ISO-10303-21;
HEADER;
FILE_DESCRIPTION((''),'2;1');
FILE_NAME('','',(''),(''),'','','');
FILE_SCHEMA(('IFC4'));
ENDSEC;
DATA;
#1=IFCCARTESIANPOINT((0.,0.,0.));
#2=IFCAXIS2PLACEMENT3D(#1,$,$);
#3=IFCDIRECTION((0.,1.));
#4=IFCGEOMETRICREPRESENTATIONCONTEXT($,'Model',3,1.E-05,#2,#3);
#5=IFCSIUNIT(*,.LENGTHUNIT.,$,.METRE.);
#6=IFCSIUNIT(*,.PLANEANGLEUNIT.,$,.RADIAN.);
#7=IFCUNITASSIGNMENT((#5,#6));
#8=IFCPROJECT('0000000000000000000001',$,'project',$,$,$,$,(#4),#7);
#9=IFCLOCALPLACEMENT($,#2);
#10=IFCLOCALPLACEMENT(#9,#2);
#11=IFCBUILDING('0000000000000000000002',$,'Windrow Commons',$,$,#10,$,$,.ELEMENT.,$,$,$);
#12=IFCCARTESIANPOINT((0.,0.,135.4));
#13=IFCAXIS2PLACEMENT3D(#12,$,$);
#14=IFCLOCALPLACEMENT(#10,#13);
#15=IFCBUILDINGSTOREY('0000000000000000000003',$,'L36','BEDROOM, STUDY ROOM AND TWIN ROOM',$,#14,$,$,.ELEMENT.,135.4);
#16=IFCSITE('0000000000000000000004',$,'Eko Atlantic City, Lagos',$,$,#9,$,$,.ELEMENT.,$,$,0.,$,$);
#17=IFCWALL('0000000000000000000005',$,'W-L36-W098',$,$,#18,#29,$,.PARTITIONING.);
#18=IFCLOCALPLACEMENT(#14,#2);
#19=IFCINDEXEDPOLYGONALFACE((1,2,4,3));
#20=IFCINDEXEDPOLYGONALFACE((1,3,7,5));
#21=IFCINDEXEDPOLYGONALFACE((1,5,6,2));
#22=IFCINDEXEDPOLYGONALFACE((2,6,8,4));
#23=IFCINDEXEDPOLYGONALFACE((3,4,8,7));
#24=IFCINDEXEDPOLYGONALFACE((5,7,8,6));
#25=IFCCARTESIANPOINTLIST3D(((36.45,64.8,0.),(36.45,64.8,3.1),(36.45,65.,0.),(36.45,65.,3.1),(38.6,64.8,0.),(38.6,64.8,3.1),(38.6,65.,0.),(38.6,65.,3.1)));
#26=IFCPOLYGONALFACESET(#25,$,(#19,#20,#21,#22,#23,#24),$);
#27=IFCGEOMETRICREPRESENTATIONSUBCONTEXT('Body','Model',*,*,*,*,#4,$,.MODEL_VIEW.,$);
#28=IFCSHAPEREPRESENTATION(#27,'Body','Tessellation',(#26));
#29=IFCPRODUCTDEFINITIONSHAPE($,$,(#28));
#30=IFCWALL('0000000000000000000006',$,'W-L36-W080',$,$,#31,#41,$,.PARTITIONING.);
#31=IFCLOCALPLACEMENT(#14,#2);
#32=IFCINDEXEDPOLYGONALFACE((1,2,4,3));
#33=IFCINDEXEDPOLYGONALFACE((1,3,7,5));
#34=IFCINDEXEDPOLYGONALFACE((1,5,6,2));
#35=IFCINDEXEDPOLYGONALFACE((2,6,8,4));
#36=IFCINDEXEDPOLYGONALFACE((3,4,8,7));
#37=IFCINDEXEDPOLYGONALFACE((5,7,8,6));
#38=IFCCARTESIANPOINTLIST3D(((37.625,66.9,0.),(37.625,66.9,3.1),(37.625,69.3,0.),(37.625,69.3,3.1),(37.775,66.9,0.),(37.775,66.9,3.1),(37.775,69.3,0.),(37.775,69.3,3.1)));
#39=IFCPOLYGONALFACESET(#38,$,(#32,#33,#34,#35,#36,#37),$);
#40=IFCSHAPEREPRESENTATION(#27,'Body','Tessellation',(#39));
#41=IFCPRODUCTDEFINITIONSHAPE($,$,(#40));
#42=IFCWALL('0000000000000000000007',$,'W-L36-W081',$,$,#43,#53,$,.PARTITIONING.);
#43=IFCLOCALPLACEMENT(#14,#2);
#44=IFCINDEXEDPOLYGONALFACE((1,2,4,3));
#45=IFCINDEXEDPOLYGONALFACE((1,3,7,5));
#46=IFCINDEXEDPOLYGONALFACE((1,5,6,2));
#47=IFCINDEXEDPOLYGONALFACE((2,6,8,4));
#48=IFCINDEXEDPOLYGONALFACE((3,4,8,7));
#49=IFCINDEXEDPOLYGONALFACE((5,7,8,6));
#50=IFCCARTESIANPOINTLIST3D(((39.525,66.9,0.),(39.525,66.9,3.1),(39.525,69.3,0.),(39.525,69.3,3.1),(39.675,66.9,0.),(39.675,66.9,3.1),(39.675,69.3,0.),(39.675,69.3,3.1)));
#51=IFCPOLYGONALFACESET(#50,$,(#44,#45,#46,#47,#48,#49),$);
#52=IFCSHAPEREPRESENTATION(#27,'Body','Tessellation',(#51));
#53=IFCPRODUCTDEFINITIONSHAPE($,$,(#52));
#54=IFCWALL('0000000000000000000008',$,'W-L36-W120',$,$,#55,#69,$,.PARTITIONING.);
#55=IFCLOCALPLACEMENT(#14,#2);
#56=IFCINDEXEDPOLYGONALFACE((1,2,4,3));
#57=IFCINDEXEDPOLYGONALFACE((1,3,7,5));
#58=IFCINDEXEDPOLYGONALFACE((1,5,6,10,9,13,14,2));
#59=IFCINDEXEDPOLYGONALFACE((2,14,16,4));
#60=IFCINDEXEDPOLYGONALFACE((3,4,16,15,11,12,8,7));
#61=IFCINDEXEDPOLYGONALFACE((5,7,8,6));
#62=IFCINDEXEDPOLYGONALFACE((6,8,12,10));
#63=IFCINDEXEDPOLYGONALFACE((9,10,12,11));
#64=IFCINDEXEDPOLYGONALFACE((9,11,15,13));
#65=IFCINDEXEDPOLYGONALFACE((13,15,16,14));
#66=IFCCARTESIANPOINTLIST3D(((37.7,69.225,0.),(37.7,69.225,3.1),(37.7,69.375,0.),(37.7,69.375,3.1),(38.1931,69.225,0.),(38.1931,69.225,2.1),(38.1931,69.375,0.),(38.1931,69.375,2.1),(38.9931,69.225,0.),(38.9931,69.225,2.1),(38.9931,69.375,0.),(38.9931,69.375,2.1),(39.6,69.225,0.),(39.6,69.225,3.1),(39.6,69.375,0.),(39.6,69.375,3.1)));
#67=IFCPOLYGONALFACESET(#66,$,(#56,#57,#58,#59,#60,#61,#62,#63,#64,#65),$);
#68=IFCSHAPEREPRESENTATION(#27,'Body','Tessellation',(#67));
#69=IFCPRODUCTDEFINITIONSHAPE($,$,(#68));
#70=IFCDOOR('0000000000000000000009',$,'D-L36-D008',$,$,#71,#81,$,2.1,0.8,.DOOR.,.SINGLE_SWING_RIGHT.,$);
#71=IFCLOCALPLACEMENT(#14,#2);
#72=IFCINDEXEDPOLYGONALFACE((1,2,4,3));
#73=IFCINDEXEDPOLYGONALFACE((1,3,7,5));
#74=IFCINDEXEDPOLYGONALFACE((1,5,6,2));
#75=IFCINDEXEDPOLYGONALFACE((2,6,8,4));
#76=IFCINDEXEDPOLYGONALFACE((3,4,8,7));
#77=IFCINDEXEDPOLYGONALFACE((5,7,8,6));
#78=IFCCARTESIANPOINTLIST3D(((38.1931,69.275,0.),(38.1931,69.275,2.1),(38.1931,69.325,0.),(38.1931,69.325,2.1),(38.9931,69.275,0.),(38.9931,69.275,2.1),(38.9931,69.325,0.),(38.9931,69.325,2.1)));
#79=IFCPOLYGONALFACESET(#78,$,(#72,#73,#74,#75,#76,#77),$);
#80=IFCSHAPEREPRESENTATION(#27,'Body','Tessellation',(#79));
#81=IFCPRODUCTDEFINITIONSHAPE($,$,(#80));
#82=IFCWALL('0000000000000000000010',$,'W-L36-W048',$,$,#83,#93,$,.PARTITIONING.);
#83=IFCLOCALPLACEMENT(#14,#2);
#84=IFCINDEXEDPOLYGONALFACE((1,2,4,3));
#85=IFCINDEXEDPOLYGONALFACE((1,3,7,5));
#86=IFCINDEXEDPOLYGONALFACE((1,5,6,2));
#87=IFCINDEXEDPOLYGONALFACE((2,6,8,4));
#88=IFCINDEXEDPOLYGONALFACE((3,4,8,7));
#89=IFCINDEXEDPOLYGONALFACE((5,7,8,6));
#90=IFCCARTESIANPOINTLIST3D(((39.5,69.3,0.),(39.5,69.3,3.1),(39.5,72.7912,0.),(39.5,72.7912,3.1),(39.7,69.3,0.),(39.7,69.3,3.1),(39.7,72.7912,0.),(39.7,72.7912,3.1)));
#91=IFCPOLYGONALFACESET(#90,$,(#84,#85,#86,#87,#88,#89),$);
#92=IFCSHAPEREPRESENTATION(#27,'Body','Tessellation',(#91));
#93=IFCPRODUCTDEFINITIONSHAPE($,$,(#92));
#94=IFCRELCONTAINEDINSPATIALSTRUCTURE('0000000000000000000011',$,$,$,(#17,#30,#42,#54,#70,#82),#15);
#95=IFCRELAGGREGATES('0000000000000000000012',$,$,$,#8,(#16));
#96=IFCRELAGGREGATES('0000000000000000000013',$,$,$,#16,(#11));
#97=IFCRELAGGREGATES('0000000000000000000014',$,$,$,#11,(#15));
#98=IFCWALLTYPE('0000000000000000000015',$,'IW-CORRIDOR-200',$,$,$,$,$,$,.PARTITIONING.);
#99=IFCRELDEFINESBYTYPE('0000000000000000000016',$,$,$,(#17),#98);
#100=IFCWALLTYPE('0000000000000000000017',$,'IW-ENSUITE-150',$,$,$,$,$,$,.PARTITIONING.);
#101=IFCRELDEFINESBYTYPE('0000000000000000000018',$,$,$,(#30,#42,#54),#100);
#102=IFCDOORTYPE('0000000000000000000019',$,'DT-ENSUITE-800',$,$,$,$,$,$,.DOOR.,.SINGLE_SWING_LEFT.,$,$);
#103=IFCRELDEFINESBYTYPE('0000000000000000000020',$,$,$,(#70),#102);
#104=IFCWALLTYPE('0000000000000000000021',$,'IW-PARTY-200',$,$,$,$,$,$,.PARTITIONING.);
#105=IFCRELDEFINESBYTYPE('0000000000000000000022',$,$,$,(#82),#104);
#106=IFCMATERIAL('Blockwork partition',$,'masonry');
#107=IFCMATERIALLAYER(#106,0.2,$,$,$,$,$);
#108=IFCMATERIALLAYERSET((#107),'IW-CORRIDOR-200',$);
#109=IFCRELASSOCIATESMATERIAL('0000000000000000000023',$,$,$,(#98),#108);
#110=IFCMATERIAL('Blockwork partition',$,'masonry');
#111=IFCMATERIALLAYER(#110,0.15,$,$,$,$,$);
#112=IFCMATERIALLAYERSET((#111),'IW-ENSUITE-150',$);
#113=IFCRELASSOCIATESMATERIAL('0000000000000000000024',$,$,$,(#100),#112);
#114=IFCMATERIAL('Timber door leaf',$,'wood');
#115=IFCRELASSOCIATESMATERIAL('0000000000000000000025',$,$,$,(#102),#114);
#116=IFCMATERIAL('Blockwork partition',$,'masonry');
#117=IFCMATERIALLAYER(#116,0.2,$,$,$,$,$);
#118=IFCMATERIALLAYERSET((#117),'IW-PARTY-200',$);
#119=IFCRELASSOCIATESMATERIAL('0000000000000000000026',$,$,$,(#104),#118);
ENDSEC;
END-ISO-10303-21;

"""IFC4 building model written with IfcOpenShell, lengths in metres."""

from ifc_helpers import new_model, si_unit, direction, frame, frame_2d, origin, place, context, subcontext, project, spatial, rectangle, extrude, material, layer, layer_set, type_object, element, fill, save


model = new_model("IFC4")

# Units and contexts
model_context = context("Model", 3, precision=1e-05, world=origin(), true_north=direction((0.0, 1.0)))
body_context = subcontext(model_context, "Body", "Model", "MODEL_VIEW")
ifc_project = project(units=[si_unit("LENGTHUNIT", "METRE"), si_unit("PLANEANGLEUNIT", "RADIAN")], contexts=[model_context])

# Site, building, storey
site_placement = place(None, origin())
site = spatial("IfcSite", under=ifc_project, at=site_placement, Name="Eko Atlantic City, Lagos", CompositionType="ELEMENT", RefElevation=0.0)
building_placement = place(site_placement, origin())
building = spatial("IfcBuilding", under=site, at=building_placement, Name="Windrow Commons", CompositionType="ELEMENT")
storey_placement = place(building_placement, frame((0.0, 0.0, 135.4)))
storey = spatial("IfcBuildingStorey", under=building, at=storey_placement, Name="L36", Description="BEDROOM, STUDY ROOM AND TWIN ROOM", CompositionType="ELEMENT", Elevation=135.4)

# Shared definitions
ifc_material_1 = material(Name="Blockwork partition", Category="masonry")
ifc_layer_1 = layer(ifc_material_1, 0.2)
ifc_layer_set_1 = layer_set([ifc_layer_1], Name="IW-CORRIDOR-200")
wall_type_1 = type_object("IfcWallType", Name="IW-CORRIDOR-200", PredefinedType="PARTITIONING", material=ifc_layer_set_1)

# Walls
wall_1_placement = place(storey_placement, frame((36.45, 64.9, 0.0), z_axis=(0.0, 0.0, 1.0), x_axis=(1.0, 0.0, 0.0)))
element("IfcWall", 1, at=wall_1_placement, inside=storey, type_object=wall_type_1, Name="W-L36-W098", PredefinedType="PARTITIONING", context=body_context, shape_type="SweptSolid", body=[
    extrude(rectangle(XDim=2.15, YDim=0.2, at=frame_2d((1.075, 0.0))), origin(), (0.0, 0.0, 1.0), 3.1),
])
ifc_material_2 = material(Name="Blockwork partition", Category="masonry")
ifc_layer_2 = layer(ifc_material_2, 0.15)
ifc_layer_set_2 = layer_set([ifc_layer_2], Name="IW-ENSUITE-150")
wall_type_2 = type_object("IfcWallType", Name="IW-ENSUITE-150", PredefinedType="PARTITIONING", material=ifc_layer_set_2)
for number, where, z_axis, x_axis, name in (
    (2, (37.7, 66.9, 0.0), (0.0, 0.0, 1.0), (0.0, 1.0, 0.0), "W-L36-W080"),
    (3, (39.6, 66.9, 0.0), (0.0, 0.0, 1.0), (0.0, 1.0, 0.0), "W-L36-W081"),
):
    element("IfcWall", number, at=place(storey_placement, frame(where, z_axis=z_axis, x_axis=x_axis)), inside=storey, type_object=wall_type_2, Name=name, PredefinedType="PARTITIONING", context=body_context, shape_type="SweptSolid", body=[
        extrude(rectangle(XDim=2.4, YDim=0.15, at=frame_2d((1.2, 0.0))), origin(), (0.0, 0.0, 1.0), 3.1),
    ])

# Wall, opening, door
wall_2_placement = place(storey_placement, frame((37.7, 69.3, 0.0), z_axis=(0.0, 0.0, 1.0), x_axis=(1.0, 0.0, 0.0)))
wall_2 = element("IfcWall", 4, at=wall_2_placement, inside=storey, type_object=wall_type_2, Name="W-L36-W120", PredefinedType="PARTITIONING", context=body_context, shape_type="SweptSolid", body=[
    extrude(rectangle(XDim=1.9, YDim=0.15, at=frame_2d((0.95, 0.0))), origin(), (0.0, 0.0, 1.0), 3.1),
])
opening_1_placement = place(wall_2_placement, frame((0.4931, 0.0, 0.0)))
opening_1 = element("IfcOpeningElement", 5, at=opening_1_placement, cuts=wall_2, PredefinedType="OPENING", context=body_context, shape_type="SweptSolid", body=[
    extrude(rectangle(XDim=0.8, YDim=2.1, at=frame_2d((0.4, 1.05))), frame((0.0, 0.085, 0.0), z_axis=(0.0, -1.0, 0.0), x_axis=(1.0, 0.0, 0.0)), (0.0, 0.0, 1.0), 0.17),
])
ifc_material_3 = material(Name="Timber door leaf", Category="wood")
door_type_1 = type_object("IfcDoorType", Name="DT-ENSUITE-800", OperationType="SINGLE_SWING_LEFT", PredefinedType="DOOR", material=ifc_material_3)
door_1_placement = place(opening_1_placement, origin())
door_1 = element("IfcDoor", 6, at=door_1_placement, inside=storey, type_object=door_type_1, Name="D-L36-D008", OperationType="SINGLE_SWING_RIGHT", OverallHeight=2.1, OverallWidth=0.8, PredefinedType="DOOR", context=body_context, shape_type="SweptSolid", body=[
    extrude(rectangle(XDim=0.8, YDim=2.1, at=frame_2d((0.4, 1.05))), frame((0.0, 0.025, 0.0), z_axis=(0.0, -1.0, 0.0), x_axis=(1.0, 0.0, 0.0)), (0.0, 0.0, 1.0), 0.05),
])
fill(opening_1, door_1)

# Wall
ifc_material_4 = material(Name="Blockwork partition", Category="masonry")
ifc_layer_3 = layer(ifc_material_4, 0.2)
ifc_layer_set_3 = layer_set([ifc_layer_3], Name="IW-PARTY-200")
wall_type_3 = type_object("IfcWallType", Name="IW-PARTY-200", PredefinedType="PARTITIONING", material=ifc_layer_set_3)
wall_3_placement = place(storey_placement, frame((39.6, 69.3, 0.0), z_axis=(0.0, 0.0, 1.0), x_axis=(0.0, 1.0, 0.0)))
element("IfcWall", 7, at=wall_3_placement, inside=storey, type_object=wall_type_3, Name="W-L36-W048", PredefinedType="PARTITIONING", context=body_context, shape_type="SweptSolid", body=[
    extrude(rectangle(XDim=3.4913, YDim=0.2, at=frame_2d((1.7456, 0.0))), origin(), (0.0, 0.0, 1.0), 3.1),
])

save(model, "model.ifc")
